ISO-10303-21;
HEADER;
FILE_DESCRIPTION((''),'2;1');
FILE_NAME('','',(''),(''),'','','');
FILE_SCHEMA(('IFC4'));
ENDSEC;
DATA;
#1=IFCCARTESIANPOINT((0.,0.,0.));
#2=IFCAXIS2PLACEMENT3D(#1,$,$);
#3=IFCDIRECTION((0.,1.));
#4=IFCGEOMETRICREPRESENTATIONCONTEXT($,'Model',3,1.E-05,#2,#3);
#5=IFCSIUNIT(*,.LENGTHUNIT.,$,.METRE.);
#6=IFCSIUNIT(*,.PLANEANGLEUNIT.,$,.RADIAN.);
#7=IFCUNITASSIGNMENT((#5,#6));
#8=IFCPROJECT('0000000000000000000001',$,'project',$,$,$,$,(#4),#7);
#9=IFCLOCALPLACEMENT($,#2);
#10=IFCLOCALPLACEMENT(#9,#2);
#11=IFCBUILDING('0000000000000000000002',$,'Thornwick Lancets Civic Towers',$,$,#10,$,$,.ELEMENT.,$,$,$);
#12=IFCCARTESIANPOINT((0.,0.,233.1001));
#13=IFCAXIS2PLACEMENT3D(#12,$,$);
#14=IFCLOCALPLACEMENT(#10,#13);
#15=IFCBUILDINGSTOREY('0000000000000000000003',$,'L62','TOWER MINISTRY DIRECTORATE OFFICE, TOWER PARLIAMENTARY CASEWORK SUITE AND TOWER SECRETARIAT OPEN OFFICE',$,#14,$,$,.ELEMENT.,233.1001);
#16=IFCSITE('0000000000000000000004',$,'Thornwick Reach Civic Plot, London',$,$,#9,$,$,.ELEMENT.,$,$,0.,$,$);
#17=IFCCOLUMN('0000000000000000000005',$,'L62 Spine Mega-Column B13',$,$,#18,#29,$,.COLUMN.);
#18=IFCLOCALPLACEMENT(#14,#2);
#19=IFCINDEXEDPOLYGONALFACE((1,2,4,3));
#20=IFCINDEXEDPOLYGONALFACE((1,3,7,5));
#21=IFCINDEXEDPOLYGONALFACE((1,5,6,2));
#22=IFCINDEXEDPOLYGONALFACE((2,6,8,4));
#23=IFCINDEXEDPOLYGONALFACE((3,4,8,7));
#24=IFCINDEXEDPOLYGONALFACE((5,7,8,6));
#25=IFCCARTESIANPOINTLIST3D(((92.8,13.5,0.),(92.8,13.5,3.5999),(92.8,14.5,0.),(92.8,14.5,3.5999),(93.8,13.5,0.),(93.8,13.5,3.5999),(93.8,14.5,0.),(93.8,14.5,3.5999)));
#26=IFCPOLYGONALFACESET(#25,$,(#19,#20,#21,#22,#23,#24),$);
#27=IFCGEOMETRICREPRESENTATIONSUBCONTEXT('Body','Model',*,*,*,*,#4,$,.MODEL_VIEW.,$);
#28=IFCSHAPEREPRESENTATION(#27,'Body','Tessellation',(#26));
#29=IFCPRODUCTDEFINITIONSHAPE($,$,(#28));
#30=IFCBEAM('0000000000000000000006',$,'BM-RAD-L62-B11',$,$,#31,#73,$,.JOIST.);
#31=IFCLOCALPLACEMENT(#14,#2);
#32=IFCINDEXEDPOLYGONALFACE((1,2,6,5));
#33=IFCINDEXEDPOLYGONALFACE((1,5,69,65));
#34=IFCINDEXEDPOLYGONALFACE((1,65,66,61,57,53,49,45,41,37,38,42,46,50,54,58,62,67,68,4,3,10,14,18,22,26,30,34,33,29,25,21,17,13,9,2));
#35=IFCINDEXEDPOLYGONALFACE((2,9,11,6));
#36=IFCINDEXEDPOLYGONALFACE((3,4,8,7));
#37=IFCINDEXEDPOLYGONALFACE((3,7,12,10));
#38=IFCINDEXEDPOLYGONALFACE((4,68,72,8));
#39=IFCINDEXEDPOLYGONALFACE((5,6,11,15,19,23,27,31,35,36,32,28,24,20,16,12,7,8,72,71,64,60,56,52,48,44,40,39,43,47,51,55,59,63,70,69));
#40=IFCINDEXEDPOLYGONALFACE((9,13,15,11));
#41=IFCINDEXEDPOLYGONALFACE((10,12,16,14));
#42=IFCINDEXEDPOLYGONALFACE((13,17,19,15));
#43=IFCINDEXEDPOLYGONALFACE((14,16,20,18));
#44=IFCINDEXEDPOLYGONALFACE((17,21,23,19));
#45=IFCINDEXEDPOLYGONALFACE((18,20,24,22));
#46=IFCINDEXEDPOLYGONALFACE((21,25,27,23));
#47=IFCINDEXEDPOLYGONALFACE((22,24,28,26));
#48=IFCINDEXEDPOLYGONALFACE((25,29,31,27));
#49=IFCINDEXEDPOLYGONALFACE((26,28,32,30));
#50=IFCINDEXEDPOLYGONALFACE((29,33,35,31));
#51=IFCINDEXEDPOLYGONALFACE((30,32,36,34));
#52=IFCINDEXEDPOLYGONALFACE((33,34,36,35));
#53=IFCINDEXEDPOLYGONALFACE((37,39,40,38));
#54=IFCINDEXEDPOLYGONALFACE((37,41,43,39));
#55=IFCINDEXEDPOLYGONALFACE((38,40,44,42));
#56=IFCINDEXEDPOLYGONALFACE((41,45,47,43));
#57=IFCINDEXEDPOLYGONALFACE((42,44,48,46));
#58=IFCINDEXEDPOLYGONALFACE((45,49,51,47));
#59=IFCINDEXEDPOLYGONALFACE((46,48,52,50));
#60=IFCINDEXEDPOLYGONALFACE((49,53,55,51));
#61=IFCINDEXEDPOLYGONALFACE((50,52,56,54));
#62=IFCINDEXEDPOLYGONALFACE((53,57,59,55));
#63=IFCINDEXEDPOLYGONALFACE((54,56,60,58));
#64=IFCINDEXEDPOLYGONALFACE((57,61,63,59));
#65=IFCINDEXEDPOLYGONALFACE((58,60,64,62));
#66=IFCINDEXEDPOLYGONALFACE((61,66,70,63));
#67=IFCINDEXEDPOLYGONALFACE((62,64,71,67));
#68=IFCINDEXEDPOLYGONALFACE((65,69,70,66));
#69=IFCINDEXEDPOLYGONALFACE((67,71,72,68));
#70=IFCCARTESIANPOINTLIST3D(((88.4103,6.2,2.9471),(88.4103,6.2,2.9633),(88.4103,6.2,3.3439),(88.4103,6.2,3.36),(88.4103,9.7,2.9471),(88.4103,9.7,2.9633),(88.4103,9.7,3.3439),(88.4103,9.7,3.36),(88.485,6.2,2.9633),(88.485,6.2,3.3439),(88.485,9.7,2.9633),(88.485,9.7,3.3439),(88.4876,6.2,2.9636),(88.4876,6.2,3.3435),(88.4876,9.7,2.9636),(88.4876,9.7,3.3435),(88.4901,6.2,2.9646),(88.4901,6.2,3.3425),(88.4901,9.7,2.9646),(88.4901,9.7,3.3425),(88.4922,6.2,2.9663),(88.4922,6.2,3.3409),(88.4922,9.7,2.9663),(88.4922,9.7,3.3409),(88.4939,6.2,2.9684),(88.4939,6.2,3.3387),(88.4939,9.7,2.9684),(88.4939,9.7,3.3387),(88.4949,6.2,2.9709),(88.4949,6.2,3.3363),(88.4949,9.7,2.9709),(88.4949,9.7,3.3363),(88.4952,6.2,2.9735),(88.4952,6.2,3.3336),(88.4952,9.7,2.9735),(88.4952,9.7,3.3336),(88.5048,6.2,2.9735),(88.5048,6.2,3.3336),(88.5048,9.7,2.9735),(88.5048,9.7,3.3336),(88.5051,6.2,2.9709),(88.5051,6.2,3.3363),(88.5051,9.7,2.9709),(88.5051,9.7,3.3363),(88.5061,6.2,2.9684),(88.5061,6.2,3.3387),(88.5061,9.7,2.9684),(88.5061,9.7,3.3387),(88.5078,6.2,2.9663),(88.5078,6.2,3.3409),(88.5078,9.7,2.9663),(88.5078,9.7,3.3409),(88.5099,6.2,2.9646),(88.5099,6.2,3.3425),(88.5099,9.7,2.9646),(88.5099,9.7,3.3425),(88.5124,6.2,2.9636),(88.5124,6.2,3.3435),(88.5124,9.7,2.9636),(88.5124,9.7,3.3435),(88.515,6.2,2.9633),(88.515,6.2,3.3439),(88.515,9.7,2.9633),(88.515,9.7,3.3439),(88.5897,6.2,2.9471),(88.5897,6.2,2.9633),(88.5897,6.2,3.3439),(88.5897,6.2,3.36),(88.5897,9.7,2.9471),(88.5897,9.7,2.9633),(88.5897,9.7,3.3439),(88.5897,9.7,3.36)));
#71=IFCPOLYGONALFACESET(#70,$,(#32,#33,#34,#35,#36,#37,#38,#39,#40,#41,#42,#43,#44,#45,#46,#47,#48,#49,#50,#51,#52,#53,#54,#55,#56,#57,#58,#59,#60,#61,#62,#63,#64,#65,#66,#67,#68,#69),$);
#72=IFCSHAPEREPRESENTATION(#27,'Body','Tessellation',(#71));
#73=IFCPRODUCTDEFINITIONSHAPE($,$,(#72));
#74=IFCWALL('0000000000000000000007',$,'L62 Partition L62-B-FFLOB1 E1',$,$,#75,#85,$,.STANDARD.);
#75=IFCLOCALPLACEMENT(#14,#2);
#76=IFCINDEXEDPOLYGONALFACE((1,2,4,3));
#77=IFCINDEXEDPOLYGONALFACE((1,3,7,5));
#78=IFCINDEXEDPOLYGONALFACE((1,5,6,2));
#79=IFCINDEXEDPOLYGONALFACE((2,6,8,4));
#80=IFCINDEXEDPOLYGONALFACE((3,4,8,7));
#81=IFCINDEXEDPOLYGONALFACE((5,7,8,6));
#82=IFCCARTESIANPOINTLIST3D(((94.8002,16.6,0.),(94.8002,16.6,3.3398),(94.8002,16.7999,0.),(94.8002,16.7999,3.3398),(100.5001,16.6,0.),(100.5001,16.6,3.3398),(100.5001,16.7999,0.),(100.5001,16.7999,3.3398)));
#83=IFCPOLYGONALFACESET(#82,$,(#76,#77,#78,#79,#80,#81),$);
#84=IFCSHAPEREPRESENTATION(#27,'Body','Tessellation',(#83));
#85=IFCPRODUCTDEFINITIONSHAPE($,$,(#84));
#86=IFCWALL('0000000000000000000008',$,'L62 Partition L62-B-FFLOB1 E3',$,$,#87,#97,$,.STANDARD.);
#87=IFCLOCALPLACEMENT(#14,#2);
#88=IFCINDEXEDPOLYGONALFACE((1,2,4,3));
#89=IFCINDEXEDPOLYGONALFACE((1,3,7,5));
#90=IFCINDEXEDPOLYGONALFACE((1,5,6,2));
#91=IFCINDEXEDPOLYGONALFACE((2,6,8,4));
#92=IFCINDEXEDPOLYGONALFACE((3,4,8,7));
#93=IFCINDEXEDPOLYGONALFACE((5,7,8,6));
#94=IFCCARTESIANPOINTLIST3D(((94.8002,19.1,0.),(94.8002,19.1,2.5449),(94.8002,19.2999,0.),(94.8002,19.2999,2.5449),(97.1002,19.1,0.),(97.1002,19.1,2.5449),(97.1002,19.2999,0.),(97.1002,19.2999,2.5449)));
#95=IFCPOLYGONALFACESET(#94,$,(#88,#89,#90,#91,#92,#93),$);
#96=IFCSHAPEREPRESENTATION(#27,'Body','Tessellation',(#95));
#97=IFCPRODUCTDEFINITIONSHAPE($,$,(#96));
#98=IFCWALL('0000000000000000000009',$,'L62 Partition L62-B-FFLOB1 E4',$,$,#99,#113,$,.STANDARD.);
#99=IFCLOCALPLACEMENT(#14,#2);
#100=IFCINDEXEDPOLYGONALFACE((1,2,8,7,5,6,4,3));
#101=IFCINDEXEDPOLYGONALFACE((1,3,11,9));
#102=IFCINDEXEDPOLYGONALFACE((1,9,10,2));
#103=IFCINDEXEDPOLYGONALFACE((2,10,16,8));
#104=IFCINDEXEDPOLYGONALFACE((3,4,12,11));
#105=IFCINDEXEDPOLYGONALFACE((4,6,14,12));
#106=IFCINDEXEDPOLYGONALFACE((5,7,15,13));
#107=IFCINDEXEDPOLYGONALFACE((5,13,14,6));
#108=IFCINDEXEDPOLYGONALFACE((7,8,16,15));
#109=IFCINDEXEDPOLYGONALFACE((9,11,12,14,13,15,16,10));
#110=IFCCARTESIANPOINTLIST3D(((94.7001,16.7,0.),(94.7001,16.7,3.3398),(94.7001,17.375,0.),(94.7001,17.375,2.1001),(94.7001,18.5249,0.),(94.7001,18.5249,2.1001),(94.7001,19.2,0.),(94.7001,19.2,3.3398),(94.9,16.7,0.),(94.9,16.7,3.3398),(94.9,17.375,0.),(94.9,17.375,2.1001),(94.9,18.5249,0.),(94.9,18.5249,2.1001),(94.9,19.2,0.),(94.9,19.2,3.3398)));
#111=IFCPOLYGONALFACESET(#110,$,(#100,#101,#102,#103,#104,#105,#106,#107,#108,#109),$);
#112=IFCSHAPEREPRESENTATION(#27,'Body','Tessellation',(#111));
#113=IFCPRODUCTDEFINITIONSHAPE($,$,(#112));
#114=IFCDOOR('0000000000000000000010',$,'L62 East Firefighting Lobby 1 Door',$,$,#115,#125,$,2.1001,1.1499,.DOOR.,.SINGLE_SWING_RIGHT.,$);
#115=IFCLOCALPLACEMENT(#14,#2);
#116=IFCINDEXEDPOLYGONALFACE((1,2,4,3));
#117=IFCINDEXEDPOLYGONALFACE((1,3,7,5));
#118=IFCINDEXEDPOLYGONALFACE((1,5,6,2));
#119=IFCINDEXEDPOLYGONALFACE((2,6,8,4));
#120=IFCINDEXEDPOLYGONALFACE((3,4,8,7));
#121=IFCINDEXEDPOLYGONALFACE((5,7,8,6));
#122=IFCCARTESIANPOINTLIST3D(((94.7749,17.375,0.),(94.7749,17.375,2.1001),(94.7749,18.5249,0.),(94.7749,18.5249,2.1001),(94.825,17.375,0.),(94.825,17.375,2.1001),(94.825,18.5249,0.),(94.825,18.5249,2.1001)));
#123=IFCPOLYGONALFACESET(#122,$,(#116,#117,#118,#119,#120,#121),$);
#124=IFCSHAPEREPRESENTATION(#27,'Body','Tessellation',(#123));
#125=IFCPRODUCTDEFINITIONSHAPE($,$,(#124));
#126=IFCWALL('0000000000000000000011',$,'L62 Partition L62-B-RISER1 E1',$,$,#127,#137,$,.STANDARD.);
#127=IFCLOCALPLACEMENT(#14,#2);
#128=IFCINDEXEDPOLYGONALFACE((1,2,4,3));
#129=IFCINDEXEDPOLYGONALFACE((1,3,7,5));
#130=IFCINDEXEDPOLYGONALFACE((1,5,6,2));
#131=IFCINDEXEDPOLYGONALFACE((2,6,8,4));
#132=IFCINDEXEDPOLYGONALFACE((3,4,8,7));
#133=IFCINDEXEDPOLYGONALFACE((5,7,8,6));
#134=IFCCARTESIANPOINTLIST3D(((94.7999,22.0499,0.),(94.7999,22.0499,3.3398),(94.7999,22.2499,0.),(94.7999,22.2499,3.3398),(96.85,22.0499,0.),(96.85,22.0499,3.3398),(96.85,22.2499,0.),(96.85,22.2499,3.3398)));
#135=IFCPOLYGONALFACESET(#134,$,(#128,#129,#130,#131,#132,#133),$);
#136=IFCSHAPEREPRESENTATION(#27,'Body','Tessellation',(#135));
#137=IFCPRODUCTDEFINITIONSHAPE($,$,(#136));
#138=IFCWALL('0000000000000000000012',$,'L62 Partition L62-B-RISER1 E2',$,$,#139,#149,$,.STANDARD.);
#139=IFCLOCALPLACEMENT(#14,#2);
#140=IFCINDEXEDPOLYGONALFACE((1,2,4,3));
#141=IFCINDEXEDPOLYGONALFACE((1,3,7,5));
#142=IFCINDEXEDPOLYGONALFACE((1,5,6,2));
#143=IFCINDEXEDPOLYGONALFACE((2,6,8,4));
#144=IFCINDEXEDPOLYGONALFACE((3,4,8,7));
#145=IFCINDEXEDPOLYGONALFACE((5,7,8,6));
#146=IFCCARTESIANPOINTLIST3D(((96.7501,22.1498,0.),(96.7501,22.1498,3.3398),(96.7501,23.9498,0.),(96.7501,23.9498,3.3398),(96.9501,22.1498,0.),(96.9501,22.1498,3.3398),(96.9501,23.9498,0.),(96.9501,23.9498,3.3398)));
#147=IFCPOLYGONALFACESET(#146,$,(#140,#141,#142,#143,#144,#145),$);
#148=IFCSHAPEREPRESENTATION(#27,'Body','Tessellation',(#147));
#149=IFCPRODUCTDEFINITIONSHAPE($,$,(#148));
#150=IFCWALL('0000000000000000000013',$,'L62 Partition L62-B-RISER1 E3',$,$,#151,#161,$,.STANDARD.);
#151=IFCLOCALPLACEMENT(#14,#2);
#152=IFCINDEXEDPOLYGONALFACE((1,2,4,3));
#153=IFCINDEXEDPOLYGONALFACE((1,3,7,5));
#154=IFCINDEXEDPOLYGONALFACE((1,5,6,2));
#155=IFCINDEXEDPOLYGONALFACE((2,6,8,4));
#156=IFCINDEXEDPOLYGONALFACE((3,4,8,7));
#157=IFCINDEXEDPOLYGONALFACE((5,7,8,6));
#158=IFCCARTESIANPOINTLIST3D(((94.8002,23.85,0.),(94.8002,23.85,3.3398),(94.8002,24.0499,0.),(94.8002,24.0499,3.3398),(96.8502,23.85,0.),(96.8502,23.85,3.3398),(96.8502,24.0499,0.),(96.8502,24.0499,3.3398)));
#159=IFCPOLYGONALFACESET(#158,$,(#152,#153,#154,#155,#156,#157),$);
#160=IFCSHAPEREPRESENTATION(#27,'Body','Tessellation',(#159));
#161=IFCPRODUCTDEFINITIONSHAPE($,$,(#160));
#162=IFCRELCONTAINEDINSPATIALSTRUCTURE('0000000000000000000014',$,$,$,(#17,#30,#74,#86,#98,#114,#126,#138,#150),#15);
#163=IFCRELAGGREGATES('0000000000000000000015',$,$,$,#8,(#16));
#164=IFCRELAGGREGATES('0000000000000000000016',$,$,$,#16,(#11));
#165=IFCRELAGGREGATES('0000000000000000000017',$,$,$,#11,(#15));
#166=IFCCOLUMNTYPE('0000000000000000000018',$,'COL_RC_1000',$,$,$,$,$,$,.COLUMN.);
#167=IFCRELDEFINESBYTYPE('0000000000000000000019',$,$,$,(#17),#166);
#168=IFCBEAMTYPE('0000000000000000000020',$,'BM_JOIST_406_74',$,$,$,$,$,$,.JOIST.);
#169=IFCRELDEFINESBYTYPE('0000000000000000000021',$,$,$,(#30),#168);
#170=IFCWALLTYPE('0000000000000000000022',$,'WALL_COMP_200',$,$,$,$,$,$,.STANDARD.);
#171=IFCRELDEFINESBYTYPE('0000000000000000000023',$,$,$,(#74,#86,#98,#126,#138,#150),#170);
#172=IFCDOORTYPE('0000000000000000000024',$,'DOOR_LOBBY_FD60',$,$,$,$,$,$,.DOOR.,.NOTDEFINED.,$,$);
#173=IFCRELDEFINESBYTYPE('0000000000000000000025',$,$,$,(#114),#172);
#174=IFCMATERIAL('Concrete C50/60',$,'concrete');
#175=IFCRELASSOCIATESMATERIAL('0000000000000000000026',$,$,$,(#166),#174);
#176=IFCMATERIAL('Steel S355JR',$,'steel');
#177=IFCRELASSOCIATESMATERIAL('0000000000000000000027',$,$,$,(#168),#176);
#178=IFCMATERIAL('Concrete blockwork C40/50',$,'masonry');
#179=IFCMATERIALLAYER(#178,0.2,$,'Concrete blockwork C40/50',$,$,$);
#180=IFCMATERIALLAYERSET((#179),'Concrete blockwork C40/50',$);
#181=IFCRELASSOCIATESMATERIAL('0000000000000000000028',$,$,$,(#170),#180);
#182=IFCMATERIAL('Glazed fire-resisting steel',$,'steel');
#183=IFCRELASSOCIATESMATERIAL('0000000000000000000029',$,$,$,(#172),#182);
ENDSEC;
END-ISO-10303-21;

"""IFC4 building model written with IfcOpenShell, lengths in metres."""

from ifc_helpers import new_model, si_unit, direction, frame, frame_2d, origin, origin_2d, place, context, subcontext, project, spatial, rectangle, i_section, extrude, material, layer, layer_set, material_profile, profile_set, type_object, element, fill, save


model = new_model("IFC4")

# Units and contexts
model_context = context("Model", 3, precision=1e-05, world=origin(), true_north=direction((0.0, 1.0)))
body_context = subcontext(model_context, "Body", "Model", "MODEL_VIEW")
ifc_project = project(units=[si_unit("LENGTHUNIT", "METRE"), si_unit("PLANEANGLEUNIT", "RADIAN")], contexts=[model_context])

# Site, building, storey
site_placement = place(None, origin())
site = spatial("IfcSite", under=ifc_project, at=site_placement, Name="Thornwick Reach Civic Plot, London", CompositionType="ELEMENT", RefElevation=0.0)
building_placement = place(site_placement, origin())
building = spatial("IfcBuilding", under=site, at=building_placement, Name="Thornwick Lancets Civic Towers", CompositionType="ELEMENT")
storey_placement = place(building_placement, frame((0.0, 0.0, 233.1001)))
storey = spatial("IfcBuildingStorey", under=building, at=storey_placement, Name="L62", Description="TOWER MINISTRY DIRECTORATE OFFICE, TOWER PARLIAMENTARY CASEWORK SUITE AND TOWER SECRETARIAT OPEN OFFICE", CompositionType="ELEMENT", Elevation=233.1001)

# Column
ifc_material_1 = material(Name="Concrete C50/60", Category="concrete")
ifc_material_profile_1 = material_profile(ifc_material_1, rectangle(XDim=1.0, YDim=1.0, at=origin_2d()), Name="RC 1000x1000")
ifc_profile_set_1 = profile_set([ifc_material_profile_1], Name="Concrete C50/60")
column_type = type_object("IfcColumnType", Name="COL_RC_1000", PredefinedType="COLUMN", material=ifc_profile_set_1)
column_placement = place(storey_placement, frame((93.3, 14.0, 0.0), z_axis=(0.0, 0.0, 1.0), x_axis=(1.0, 0.0, 0.0)))
element("IfcColumn", 1, at=column_placement, inside=storey, type_object=column_type, Name="L62 Spine Mega-Column B13", PredefinedType="COLUMN", context=body_context, shape_type="SweptSolid", body=[
    extrude(rectangle(XDim=1.0, YDim=1.0, at=origin_2d()), origin(), (0.0, 0.0, 1.0), 3.5999),
])

# Beam
ifc_material_2 = material(Name="Steel S355JR", Category="steel")
ifc_material_profile_2 = material_profile(ifc_material_2, i_section(OverallWidth=0.1794, OverallDepth=0.4128, WebThickness=0.0095, FlangeThickness=0.0161, FilletRadius=0.0103, at=origin_2d()), Name="UKB 406x178x74")
ifc_profile_set_2 = profile_set([ifc_material_profile_2], Name="Steel S355JR")
beam_type = type_object("IfcBeamType", Name="BM_JOIST_406_74", PredefinedType="JOIST", material=ifc_profile_set_2)
beam_placement = place(storey_placement, frame((88.5, 9.7, 3.1536), z_axis=(0.0, -1.0, 0.0), x_axis=(1.0, 0.0, 0.0)))
element("IfcBeam", 2, at=beam_placement, inside=storey, type_object=beam_type, Name="BM-RAD-L62-B11", PredefinedType="JOIST", context=body_context, shape_type="SweptSolid", body=[
    extrude(i_section(OverallWidth=0.1794, OverallDepth=0.4128, WebThickness=0.0095, FlangeThickness=0.0161, FilletRadius=0.0103, at=origin_2d()), origin(), (0.0, 0.0, 1.0), 3.5),
])

# Walls
ifc_material_3 = material(Name="Concrete blockwork C40/50", Category="masonry")
ifc_layer_1 = layer(ifc_material_3, 0.2, Name="Concrete blockwork C40/50")
ifc_layer_set_1 = layer_set([ifc_layer_1], Name="Concrete blockwork C40/50")
wall_type_1 = type_object("IfcWallType", Name="WALL_COMP_200", PredefinedType="STANDARD", material=ifc_layer_set_1)
wall_1_placement = place(storey_placement, frame((94.8, 16.7, 0.0), z_axis=(0.0, 0.0, 1.0), x_axis=(1.0, 0.0, 0.0)))
element("IfcWall", 3, at=wall_1_placement, inside=storey, type_object=wall_type_1, Name="L62 Partition L62-B-FFLOB1 E1", PredefinedType="STANDARD", context=body_context, shape_type="SweptSolid", body=[
    extrude(rectangle(XDim=5.7, YDim=0.2, at=frame_2d((2.8501, 0.0))), origin(), (0.0, 0.0, 1.0), 3.3398),
])
wall_2_placement = place(storey_placement, frame((97.1001, 19.2, 0.0), z_axis=(0.0, 0.0, 1.0), x_axis=(-1.0, 0.0, 0.0)))
element("IfcWall", 4, at=wall_2_placement, inside=storey, type_object=wall_type_1, Name="L62 Partition L62-B-FFLOB1 E3", PredefinedType="STANDARD", context=body_context, shape_type="SweptSolid", body=[
    extrude(rectangle(XDim=2.3, YDim=0.2, at=frame_2d((1.1499, 0.0))), origin(), (0.0, 0.0, 1.0), 2.5449),
])

# Wall, opening, door
wall_3_placement = place(storey_placement, frame((94.8, 19.2, 0.0), z_axis=(0.0, 0.0, 1.0), x_axis=(0.0, -1.0, 0.0)))
wall_3 = element("IfcWall", 5, at=wall_3_placement, inside=storey, type_object=wall_type_1, Name="L62 Partition L62-B-FFLOB1 E4", PredefinedType="STANDARD", context=body_context, shape_type="SweptSolid", body=[
    extrude(rectangle(XDim=2.5, YDim=0.2, at=frame_2d((1.25, 0.0))), origin(), (0.0, 0.0, 1.0), 3.3398),
])
opening_1_placement = place(wall_3_placement, frame((0.675, 0.0, 0.0)))
opening_1 = element("IfcOpeningElement", 6, at=opening_1_placement, cuts=wall_3, PredefinedType="OPENING", context=body_context, shape_type="SweptSolid", body=[
    extrude(rectangle(XDim=1.1499, YDim=2.1001, at=frame_2d((0.575, 1.05))), frame((0.0, 0.1099, 0.0), z_axis=(0.0, -1.0, 0.0), x_axis=(1.0, 0.0, 0.0)), (0.0, 0.0, 1.0), 0.22),
])
ifc_material_4 = material(Name="Glazed fire-resisting steel", Category="steel")
door_type_1 = type_object("IfcDoorType", Name="DOOR_LOBBY_FD60", OperationType="NOTDEFINED", PredefinedType="DOOR", material=ifc_material_4)
door_1_placement = place(opening_1_placement, origin())
door_1 = element("IfcDoor", 7, at=door_1_placement, inside=storey, type_object=door_type_1, Name="L62 East Firefighting Lobby 1 Door", OperationType="SINGLE_SWING_RIGHT", OverallHeight=2.1001, OverallWidth=1.1499, PredefinedType="DOOR", context=body_context, shape_type="SweptSolid", body=[
    extrude(rectangle(XDim=1.1499, YDim=2.1001, at=frame_2d((0.575, 1.05))), frame((0.0, 0.0249, 0.0), z_axis=(0.0, -1.0, 0.0), x_axis=(1.0, 0.0, 0.0)), (0.0, 0.0, 1.0), 0.05),
])
fill(opening_1, door_1)

# Walls
wall_4_placement = place(storey_placement, frame((94.8, 22.1499, 0.0), z_axis=(0.0, 0.0, 1.0), x_axis=(1.0, 0.0, 0.0)))
element("IfcWall", 8, at=wall_4_placement, inside=storey, type_object=wall_type_1, Name="L62 Partition L62-B-RISER1 E1", PredefinedType="STANDARD", context=body_context, shape_type="SweptSolid", body=[
    extrude(rectangle(XDim=2.05, YDim=0.2, at=frame_2d((1.0249, 0.0))), origin(), (0.0, 0.0, 1.0), 3.3398),
])
wall_5_placement = place(storey_placement, frame((96.8501, 22.1499, 0.0), z_axis=(0.0, 0.0, 1.0), x_axis=(0.0, 1.0, 0.0)))
element("IfcWall", 9, at=wall_5_placement, inside=storey, type_object=wall_type_1, Name="L62 Partition L62-B-RISER1 E2", PredefinedType="STANDARD", context=body_context, shape_type="SweptSolid", body=[
    extrude(rectangle(XDim=1.8, YDim=0.2, at=frame_2d((0.8999, 0.0))), origin(), (0.0, 0.0, 1.0), 3.3398),
])
wall_6_placement = place(storey_placement, frame((96.8501, 23.95, 0.0), z_axis=(0.0, 0.0, 1.0), x_axis=(-1.0, 0.0, 0.0)))
element("IfcWall", 10, at=wall_6_placement, inside=storey, type_object=wall_type_1, Name="L62 Partition L62-B-RISER1 E3", PredefinedType="STANDARD", context=body_context, shape_type="SweptSolid", body=[
    extrude(rectangle(XDim=2.05, YDim=0.2, at=frame_2d((1.0249, 0.0))), origin(), (0.0, 0.0, 1.0), 3.3398),
])

save(model, "model.ifc")
